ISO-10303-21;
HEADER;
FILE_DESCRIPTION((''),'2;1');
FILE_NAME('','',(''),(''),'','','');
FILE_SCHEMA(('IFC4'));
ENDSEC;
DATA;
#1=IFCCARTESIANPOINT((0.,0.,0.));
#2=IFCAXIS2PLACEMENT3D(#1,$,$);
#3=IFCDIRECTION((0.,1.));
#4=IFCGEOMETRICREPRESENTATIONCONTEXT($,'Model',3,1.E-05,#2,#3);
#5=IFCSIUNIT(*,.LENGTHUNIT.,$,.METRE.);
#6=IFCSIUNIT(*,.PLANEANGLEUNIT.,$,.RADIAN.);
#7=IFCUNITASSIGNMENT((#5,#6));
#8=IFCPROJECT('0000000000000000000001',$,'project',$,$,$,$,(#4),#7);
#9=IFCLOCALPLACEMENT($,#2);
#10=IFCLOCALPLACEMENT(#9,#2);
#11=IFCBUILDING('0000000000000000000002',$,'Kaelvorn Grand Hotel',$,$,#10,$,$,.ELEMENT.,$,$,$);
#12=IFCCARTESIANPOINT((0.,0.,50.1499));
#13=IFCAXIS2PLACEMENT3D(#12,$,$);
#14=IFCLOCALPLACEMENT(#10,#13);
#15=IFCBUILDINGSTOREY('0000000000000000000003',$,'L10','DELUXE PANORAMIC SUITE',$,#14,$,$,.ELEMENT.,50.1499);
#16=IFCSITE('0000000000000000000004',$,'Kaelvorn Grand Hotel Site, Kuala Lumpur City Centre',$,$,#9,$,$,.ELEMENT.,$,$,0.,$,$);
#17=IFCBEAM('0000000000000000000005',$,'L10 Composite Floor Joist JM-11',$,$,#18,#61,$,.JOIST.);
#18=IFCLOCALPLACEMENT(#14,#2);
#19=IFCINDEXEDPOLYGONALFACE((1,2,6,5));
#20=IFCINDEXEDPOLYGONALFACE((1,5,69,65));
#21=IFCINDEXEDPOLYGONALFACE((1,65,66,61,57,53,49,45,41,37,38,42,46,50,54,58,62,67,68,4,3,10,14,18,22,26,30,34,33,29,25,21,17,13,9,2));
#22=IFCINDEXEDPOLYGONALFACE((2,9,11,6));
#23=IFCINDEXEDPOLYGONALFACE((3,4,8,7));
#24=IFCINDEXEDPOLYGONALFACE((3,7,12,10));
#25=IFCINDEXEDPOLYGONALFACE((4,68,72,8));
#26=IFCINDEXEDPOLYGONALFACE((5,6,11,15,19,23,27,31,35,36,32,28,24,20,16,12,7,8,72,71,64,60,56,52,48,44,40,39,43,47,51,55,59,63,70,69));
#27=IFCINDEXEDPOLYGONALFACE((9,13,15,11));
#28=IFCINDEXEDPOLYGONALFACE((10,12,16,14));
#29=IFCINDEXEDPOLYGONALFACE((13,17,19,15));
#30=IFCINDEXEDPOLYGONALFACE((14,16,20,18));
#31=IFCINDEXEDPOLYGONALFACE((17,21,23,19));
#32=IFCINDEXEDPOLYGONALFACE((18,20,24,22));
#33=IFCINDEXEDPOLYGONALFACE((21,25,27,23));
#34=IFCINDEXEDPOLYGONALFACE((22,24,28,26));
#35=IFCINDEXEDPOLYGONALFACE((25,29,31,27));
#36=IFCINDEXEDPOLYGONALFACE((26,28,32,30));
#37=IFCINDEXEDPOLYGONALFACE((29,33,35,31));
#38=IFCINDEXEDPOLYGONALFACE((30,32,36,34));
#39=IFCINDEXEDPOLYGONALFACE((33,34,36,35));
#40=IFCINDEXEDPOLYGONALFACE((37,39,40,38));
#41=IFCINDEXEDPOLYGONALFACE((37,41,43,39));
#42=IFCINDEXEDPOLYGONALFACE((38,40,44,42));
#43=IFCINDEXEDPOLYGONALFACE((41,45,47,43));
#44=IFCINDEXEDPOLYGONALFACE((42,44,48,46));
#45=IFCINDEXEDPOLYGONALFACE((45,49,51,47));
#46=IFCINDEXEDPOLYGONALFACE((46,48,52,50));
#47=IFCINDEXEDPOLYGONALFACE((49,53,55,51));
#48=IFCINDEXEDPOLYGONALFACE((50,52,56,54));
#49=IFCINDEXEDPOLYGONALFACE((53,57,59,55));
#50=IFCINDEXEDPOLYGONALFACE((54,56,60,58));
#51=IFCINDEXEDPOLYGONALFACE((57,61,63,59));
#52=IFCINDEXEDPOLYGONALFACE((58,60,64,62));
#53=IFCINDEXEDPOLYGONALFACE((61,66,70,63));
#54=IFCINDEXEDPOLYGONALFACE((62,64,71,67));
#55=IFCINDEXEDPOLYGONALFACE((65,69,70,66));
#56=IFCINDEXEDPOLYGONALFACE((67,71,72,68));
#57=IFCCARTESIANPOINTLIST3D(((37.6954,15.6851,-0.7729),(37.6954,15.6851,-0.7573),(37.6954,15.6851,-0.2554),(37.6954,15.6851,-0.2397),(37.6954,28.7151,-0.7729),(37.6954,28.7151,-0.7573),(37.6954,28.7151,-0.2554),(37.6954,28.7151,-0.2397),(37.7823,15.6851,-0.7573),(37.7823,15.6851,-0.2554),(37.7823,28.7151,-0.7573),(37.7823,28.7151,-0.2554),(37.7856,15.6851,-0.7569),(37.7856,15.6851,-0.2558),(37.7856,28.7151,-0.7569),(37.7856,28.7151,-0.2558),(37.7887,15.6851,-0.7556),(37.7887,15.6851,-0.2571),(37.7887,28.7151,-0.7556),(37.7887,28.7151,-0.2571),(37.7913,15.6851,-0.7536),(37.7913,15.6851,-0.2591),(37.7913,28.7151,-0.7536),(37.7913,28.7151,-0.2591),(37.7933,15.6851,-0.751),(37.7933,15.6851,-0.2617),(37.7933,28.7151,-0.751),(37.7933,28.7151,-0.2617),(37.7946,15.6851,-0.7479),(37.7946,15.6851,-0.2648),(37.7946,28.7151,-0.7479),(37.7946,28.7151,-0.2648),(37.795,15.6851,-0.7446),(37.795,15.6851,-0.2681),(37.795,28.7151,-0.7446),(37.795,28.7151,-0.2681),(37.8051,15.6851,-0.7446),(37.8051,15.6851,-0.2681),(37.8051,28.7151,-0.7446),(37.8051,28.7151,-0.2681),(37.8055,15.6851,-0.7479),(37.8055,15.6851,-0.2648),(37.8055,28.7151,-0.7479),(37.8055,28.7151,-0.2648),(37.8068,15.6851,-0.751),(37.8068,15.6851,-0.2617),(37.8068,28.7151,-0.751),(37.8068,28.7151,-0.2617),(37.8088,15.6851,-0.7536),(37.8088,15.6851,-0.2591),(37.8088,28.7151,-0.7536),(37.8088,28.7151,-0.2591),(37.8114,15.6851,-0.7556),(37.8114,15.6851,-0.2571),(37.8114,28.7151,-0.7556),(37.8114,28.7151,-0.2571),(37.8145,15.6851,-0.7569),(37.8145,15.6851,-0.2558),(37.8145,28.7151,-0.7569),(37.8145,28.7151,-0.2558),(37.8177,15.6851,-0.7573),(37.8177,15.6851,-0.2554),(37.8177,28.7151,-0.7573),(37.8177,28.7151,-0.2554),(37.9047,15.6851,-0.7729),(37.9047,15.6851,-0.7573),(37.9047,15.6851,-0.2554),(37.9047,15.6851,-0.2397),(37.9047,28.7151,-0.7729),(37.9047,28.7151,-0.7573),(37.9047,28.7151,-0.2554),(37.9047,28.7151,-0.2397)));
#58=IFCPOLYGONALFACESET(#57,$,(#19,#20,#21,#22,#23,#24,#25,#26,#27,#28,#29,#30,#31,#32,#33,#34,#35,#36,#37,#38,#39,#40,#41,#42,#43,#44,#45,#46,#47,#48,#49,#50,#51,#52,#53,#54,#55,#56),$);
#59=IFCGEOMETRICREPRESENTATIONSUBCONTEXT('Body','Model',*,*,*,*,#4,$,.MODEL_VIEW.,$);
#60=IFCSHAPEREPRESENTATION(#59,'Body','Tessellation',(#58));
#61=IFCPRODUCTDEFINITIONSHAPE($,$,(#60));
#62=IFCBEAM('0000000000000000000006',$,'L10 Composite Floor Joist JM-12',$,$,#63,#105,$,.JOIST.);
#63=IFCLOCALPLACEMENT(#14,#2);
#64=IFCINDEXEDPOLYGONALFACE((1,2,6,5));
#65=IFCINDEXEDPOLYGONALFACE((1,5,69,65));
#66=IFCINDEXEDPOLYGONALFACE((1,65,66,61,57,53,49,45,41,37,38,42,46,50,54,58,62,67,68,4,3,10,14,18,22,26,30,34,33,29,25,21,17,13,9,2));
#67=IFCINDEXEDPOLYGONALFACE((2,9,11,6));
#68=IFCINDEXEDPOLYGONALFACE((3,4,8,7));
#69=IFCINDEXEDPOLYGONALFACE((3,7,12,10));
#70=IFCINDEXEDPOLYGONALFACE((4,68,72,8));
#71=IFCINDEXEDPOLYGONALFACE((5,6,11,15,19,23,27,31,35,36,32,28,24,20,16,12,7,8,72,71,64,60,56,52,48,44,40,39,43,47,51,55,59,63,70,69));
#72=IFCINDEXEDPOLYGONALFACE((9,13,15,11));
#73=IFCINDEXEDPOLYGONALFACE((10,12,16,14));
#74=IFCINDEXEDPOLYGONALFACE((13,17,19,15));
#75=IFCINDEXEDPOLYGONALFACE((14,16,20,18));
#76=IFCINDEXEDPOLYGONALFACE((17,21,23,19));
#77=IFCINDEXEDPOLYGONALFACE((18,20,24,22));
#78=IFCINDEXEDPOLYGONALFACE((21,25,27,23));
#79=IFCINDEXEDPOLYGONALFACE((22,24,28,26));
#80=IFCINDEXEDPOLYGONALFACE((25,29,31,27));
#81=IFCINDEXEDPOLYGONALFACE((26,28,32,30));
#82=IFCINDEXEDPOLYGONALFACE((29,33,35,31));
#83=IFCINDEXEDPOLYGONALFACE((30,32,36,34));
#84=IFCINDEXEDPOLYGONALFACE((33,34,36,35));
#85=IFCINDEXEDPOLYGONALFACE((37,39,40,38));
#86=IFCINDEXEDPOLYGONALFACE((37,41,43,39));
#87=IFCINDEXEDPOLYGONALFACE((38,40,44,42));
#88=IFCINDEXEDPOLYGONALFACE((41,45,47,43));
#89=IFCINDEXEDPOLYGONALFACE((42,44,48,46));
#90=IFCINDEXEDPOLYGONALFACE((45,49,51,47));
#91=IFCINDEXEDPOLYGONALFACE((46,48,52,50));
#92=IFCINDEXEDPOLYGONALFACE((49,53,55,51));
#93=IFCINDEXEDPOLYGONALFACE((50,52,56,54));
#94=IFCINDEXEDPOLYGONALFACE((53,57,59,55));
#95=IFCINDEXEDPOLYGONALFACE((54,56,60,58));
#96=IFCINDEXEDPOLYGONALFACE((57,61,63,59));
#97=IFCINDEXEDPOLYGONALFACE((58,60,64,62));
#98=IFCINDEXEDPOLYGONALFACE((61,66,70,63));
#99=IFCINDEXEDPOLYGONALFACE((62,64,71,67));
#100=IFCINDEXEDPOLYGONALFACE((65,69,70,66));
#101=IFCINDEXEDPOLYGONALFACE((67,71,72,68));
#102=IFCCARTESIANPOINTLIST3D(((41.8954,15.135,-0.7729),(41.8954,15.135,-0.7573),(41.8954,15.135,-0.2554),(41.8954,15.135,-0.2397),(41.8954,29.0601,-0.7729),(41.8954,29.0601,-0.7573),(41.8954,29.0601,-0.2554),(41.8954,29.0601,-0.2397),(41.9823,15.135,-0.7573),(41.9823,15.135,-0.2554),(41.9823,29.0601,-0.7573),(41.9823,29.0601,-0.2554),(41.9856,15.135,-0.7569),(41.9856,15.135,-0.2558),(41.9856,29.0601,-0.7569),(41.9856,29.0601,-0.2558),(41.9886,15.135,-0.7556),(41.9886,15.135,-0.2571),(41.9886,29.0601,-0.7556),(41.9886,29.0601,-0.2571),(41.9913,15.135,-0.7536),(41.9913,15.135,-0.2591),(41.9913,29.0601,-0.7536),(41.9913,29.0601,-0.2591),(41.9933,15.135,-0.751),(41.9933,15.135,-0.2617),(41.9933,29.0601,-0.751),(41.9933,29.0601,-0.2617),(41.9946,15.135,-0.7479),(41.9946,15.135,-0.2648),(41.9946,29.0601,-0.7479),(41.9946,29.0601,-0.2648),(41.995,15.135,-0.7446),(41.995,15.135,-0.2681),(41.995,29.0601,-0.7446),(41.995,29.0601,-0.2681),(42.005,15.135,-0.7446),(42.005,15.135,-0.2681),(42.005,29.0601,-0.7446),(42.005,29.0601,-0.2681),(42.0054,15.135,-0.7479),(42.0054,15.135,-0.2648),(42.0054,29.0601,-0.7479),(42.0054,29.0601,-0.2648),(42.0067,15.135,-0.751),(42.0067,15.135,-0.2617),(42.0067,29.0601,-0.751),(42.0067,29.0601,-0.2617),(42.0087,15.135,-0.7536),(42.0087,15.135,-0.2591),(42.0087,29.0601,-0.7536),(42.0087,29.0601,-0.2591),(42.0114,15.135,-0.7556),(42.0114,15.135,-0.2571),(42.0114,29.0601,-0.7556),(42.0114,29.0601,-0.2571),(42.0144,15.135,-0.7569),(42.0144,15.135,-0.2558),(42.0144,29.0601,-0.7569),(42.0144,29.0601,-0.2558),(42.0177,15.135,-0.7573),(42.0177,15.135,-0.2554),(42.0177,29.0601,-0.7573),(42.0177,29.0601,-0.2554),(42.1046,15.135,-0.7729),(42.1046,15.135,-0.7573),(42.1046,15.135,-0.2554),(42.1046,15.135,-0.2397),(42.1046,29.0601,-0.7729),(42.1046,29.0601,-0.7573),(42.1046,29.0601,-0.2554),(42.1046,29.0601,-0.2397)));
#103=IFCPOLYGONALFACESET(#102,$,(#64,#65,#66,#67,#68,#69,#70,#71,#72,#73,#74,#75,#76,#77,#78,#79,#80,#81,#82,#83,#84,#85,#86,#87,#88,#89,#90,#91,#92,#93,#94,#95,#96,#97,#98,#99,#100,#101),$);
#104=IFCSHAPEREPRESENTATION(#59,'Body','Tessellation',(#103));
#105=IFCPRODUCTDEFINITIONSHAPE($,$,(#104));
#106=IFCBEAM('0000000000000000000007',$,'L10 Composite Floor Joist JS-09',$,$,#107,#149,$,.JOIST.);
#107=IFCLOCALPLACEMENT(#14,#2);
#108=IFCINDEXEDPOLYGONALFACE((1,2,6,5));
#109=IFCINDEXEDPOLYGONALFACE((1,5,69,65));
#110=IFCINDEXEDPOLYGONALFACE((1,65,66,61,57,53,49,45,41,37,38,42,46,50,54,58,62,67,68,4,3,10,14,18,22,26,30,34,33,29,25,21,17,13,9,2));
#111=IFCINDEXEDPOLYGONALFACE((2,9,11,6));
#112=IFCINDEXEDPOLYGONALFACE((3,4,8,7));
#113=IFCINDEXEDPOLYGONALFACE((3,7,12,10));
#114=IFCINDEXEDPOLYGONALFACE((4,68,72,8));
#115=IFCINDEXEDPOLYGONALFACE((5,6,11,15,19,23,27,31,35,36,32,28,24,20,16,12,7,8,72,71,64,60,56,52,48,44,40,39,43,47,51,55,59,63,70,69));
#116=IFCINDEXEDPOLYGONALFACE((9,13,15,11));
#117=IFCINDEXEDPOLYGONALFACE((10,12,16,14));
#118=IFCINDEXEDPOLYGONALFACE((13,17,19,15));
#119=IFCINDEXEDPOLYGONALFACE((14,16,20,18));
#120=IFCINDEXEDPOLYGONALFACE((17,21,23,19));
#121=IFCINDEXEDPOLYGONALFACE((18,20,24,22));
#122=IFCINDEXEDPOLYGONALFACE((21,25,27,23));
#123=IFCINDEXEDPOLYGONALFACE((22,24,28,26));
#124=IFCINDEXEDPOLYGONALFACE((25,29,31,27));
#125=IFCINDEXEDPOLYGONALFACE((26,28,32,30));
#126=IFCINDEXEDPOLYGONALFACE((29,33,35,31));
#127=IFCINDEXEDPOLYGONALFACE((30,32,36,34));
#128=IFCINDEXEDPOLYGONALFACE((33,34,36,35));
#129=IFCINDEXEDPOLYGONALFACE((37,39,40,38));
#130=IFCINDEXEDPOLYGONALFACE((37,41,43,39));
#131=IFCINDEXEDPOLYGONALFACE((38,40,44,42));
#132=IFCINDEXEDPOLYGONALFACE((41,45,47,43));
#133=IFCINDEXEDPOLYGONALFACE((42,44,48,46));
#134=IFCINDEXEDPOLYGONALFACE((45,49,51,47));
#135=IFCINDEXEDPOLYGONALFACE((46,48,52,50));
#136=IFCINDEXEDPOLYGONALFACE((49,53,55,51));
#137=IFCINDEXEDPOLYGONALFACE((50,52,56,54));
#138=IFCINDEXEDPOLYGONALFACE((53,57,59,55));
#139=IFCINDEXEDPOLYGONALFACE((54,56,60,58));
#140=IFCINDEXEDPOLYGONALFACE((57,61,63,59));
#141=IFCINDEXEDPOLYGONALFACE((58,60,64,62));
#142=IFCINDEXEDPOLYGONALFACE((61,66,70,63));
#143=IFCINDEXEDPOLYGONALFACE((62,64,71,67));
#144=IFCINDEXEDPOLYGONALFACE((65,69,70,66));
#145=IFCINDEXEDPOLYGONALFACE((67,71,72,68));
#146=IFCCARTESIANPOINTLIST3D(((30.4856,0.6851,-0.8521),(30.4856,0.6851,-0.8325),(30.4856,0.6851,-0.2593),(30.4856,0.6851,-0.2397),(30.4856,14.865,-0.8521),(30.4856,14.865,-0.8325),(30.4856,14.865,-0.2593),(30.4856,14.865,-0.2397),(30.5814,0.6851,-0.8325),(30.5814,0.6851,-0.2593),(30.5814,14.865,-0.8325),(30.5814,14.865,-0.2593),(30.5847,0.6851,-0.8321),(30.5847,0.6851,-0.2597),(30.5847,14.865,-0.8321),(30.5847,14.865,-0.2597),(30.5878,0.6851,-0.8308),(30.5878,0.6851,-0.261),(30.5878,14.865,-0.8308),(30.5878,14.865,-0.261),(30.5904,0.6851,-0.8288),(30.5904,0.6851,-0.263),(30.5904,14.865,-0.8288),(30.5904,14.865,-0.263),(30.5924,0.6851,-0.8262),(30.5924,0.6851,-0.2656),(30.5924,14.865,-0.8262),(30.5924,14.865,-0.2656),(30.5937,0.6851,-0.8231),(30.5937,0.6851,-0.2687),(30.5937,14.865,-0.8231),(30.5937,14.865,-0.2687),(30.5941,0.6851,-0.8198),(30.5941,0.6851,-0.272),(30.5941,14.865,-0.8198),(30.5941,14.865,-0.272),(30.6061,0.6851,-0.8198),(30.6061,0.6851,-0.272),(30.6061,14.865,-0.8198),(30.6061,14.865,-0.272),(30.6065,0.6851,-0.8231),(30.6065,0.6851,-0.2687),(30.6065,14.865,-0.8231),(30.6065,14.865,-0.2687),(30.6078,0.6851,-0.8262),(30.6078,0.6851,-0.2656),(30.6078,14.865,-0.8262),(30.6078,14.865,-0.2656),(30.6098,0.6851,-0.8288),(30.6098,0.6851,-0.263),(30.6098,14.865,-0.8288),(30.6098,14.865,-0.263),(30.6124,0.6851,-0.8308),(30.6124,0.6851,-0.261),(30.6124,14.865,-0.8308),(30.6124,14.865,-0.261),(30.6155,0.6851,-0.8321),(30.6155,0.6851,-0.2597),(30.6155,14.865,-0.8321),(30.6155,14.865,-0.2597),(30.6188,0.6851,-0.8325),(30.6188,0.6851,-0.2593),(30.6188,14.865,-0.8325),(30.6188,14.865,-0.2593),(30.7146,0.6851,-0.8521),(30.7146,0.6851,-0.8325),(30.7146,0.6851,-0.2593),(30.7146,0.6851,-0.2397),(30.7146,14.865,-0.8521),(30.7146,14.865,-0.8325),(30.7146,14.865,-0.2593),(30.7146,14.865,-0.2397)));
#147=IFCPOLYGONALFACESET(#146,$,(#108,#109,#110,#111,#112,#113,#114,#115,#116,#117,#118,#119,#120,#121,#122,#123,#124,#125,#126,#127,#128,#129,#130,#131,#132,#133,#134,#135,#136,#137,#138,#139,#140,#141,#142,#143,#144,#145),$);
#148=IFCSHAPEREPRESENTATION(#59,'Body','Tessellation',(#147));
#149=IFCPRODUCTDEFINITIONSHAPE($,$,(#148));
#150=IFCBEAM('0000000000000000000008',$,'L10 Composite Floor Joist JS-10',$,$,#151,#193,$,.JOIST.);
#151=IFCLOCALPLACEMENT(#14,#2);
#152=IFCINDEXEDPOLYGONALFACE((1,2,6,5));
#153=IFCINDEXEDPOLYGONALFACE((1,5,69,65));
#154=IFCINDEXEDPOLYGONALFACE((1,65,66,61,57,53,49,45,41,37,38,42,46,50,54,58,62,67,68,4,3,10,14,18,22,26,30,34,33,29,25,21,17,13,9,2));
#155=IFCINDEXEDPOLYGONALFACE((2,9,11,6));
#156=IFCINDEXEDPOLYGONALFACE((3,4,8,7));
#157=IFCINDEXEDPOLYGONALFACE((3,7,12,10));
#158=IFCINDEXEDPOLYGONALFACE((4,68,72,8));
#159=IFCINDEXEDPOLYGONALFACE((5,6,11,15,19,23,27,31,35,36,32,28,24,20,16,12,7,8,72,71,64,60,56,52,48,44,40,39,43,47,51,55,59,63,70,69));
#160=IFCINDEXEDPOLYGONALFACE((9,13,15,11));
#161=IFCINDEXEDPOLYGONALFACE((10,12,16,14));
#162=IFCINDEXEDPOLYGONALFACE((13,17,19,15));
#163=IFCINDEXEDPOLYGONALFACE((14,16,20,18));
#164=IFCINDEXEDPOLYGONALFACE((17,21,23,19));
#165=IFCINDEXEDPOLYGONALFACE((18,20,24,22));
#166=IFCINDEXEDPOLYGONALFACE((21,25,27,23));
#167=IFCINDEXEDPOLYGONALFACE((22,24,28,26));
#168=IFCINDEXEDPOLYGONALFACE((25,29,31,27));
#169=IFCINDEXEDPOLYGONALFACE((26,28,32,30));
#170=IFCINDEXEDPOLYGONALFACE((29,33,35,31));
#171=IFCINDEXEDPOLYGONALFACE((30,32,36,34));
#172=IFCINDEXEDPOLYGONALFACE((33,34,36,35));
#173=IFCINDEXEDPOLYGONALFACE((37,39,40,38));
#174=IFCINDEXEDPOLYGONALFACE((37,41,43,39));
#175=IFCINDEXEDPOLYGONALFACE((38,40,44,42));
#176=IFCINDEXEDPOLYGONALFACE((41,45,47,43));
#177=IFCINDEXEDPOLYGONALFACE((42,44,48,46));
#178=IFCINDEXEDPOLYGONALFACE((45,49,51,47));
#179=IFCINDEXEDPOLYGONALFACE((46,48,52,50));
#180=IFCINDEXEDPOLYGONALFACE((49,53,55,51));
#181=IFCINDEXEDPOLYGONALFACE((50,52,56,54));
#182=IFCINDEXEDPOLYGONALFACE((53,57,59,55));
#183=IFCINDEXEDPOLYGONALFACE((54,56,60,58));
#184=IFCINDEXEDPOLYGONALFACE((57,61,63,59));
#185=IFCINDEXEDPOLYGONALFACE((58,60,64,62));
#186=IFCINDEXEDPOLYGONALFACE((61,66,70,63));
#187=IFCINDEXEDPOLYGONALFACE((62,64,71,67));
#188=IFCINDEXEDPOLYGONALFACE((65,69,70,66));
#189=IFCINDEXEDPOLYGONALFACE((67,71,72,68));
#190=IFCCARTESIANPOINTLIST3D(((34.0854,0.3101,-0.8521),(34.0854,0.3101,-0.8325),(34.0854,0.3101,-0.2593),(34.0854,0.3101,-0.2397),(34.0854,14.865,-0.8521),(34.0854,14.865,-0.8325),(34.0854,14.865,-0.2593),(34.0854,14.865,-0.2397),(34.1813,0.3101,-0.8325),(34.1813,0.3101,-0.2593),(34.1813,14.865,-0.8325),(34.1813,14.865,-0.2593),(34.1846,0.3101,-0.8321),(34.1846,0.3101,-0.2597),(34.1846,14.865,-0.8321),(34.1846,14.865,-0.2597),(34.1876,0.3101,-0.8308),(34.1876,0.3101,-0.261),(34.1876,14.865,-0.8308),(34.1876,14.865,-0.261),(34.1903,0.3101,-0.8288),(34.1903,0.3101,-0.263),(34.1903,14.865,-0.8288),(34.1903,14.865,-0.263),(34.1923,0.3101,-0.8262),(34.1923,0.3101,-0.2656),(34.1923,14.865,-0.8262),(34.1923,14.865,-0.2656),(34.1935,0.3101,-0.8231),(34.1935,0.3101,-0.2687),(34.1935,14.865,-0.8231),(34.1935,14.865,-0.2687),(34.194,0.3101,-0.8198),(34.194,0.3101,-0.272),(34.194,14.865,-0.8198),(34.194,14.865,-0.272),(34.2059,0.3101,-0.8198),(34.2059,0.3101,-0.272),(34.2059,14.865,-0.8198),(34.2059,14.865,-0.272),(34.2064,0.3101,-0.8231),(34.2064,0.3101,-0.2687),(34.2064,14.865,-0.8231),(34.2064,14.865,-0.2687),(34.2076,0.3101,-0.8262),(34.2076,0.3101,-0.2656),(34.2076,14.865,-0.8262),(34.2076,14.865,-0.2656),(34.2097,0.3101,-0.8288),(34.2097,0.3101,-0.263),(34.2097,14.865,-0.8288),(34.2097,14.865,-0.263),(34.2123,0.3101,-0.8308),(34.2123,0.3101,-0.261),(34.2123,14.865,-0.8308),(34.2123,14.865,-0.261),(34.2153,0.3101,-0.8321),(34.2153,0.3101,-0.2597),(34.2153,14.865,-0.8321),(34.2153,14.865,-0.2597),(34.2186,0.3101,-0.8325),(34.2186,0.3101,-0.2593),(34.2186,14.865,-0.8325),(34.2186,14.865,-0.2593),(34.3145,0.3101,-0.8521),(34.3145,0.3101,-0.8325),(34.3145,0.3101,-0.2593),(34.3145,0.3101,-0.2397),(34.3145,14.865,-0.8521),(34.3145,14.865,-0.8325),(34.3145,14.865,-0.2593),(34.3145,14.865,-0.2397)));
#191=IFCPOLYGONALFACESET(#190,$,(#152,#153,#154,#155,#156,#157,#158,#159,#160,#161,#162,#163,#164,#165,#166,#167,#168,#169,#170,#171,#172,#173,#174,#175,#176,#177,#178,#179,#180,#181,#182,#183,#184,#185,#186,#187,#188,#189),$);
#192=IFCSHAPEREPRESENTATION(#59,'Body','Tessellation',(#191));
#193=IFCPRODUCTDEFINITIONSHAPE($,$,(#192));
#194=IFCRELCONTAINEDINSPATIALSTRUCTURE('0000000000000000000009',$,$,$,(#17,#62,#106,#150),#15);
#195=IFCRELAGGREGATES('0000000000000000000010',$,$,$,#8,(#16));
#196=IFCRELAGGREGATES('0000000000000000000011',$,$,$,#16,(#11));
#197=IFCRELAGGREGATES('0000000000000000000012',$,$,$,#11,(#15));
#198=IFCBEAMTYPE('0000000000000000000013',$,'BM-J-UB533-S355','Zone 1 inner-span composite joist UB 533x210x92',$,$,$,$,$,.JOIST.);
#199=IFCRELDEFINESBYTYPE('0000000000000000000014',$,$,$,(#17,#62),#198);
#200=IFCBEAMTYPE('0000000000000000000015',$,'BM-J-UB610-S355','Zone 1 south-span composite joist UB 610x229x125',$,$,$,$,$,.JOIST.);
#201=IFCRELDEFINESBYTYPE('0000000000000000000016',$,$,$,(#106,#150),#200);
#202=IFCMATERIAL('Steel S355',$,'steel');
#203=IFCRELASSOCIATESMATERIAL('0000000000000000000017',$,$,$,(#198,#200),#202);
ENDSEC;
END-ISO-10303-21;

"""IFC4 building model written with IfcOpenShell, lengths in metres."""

from ifc_helpers import new_model, si_unit, direction, frame, origin, origin_2d, place, context, subcontext, project, spatial, i_section, extrude, material, material_profile, profile_set, type_object, element, save


model = new_model("IFC4")

# Units and contexts
model_context = context("Model", 3, precision=1e-05, world=origin(), true_north=direction((0.0, 1.0)))
body_context = subcontext(model_context, "Body", "Model", "MODEL_VIEW")
ifc_project = project(units=[si_unit("LENGTHUNIT", "METRE"), si_unit("PLANEANGLEUNIT", "RADIAN")], contexts=[model_context])

# Site, building, storey
site_placement = place(None, origin())
site = spatial("IfcSite", under=ifc_project, at=site_placement, Name="Kaelvorn Grand Hotel Site, Kuala Lumpur City Centre", CompositionType="ELEMENT", RefElevation=0.0)
building_placement = place(site_placement, origin())
building = spatial("IfcBuilding", under=site, at=building_placement, Name="Kaelvorn Grand Hotel", CompositionType="ELEMENT")
storey_placement = place(building_placement, frame((0.0, 0.0, 50.1499)))
storey = spatial("IfcBuildingStorey", under=building, at=storey_placement, Name="L10", Description="DELUXE PANORAMIC SUITE", CompositionType="ELEMENT", Elevation=50.1499)

# Beams
ifc_material_1 = material(Name="Steel S355", Category="steel")
ifc_material_profile_1 = material_profile(ifc_material_1, i_section(OverallWidth=0.2092, OverallDepth=0.5332, WebThickness=0.01, FlangeThickness=0.0156, FilletRadius=0.0127, at=origin_2d()), Name="UB 533x210x92")
ifc_profile_set_1 = profile_set([ifc_material_profile_1], Name="Steel S355")
beam_type_1 = type_object("IfcBeamType", Name="BM-J-UB533-S355", Description="Zone 1 inner-span composite joist UB 533x210x92", PredefinedType="JOIST", material=ifc_profile_set_1)
beam_1_placement = place(storey_placement, frame((37.8, 15.6851, -0.5063), z_axis=(0.0, 1.0, 0.0), x_axis=(-1.0, 0.0, 0.0)))
element("IfcBeam", 1, at=beam_1_placement, inside=storey, type_object=beam_type_1, Name="L10 Composite Floor Joist JM-11", PredefinedType="JOIST", context=body_context, shape_type="SweptSolid", body=[
    extrude(i_section(OverallWidth=0.2092, OverallDepth=0.5332, WebThickness=0.01, FlangeThickness=0.0156, FilletRadius=0.0127, at=origin_2d()), origin(), (0.0, 0.0, 1.0), 13.03),
])
beam_2_placement = place(storey_placement, frame((42.0, 15.135, -0.5063), z_axis=(0.0, 1.0, 0.0), x_axis=(-1.0, 0.0, 0.0)))
element("IfcBeam", 2, at=beam_2_placement, inside=storey, type_object=beam_type_1, Name="L10 Composite Floor Joist JM-12", PredefinedType="JOIST", context=body_context, shape_type="SweptSolid", body=[
    extrude(i_section(OverallWidth=0.2092, OverallDepth=0.5332, WebThickness=0.01, FlangeThickness=0.0156, FilletRadius=0.0127, at=origin_2d()), origin(), (0.0, 0.0, 1.0), 13.925),
])
ifc_material_profile_2 = material_profile(ifc_material_1, i_section(OverallWidth=0.229, OverallDepth=0.6123, WebThickness=0.012, FlangeThickness=0.0195, FilletRadius=0.0127, at=origin_2d()), Name="UB 610x229x125")
ifc_profile_set_2 = profile_set([ifc_material_profile_2], Name="Steel S355")
beam_type_2 = type_object("IfcBeamType", Name="BM-J-UB610-S355", Description="Zone 1 south-span composite joist UB 610x229x125", PredefinedType="JOIST", material=ifc_profile_set_2)
beam_3_placement = place(storey_placement, frame((30.6001, 0.6851, -0.5459), z_axis=(0.0, 1.0, 0.0), x_axis=(-1.0, 0.0, 0.0)))
element("IfcBeam", 3, at=beam_3_placement, inside=storey, type_object=beam_type_2, Name="L10 Composite Floor Joist JS-09", PredefinedType="JOIST", context=body_context, shape_type="SweptSolid", body=[
    extrude(i_section(OverallWidth=0.229, OverallDepth=0.6123, WebThickness=0.012, FlangeThickness=0.0195, FilletRadius=0.0127, at=origin_2d()), origin(), (0.0, 0.0, 1.0), 14.1799),
])
beam_4_placement = place(storey_placement, frame((34.2, 0.3101, -0.5459), z_axis=(0.0, 1.0, 0.0), x_axis=(-1.0, 0.0, 0.0)))
element("IfcBeam", 4, at=beam_4_placement, inside=storey, type_object=beam_type_2, Name="L10 Composite Floor Joist JS-10", PredefinedType="JOIST", context=body_context, shape_type="SweptSolid", body=[
    extrude(i_section(OverallWidth=0.229, OverallDepth=0.6123, WebThickness=0.012, FlangeThickness=0.0195, FilletRadius=0.0127, at=origin_2d()), origin(), (0.0, 0.0, 1.0), 14.5549),
])

save(model, "model.ifc")
